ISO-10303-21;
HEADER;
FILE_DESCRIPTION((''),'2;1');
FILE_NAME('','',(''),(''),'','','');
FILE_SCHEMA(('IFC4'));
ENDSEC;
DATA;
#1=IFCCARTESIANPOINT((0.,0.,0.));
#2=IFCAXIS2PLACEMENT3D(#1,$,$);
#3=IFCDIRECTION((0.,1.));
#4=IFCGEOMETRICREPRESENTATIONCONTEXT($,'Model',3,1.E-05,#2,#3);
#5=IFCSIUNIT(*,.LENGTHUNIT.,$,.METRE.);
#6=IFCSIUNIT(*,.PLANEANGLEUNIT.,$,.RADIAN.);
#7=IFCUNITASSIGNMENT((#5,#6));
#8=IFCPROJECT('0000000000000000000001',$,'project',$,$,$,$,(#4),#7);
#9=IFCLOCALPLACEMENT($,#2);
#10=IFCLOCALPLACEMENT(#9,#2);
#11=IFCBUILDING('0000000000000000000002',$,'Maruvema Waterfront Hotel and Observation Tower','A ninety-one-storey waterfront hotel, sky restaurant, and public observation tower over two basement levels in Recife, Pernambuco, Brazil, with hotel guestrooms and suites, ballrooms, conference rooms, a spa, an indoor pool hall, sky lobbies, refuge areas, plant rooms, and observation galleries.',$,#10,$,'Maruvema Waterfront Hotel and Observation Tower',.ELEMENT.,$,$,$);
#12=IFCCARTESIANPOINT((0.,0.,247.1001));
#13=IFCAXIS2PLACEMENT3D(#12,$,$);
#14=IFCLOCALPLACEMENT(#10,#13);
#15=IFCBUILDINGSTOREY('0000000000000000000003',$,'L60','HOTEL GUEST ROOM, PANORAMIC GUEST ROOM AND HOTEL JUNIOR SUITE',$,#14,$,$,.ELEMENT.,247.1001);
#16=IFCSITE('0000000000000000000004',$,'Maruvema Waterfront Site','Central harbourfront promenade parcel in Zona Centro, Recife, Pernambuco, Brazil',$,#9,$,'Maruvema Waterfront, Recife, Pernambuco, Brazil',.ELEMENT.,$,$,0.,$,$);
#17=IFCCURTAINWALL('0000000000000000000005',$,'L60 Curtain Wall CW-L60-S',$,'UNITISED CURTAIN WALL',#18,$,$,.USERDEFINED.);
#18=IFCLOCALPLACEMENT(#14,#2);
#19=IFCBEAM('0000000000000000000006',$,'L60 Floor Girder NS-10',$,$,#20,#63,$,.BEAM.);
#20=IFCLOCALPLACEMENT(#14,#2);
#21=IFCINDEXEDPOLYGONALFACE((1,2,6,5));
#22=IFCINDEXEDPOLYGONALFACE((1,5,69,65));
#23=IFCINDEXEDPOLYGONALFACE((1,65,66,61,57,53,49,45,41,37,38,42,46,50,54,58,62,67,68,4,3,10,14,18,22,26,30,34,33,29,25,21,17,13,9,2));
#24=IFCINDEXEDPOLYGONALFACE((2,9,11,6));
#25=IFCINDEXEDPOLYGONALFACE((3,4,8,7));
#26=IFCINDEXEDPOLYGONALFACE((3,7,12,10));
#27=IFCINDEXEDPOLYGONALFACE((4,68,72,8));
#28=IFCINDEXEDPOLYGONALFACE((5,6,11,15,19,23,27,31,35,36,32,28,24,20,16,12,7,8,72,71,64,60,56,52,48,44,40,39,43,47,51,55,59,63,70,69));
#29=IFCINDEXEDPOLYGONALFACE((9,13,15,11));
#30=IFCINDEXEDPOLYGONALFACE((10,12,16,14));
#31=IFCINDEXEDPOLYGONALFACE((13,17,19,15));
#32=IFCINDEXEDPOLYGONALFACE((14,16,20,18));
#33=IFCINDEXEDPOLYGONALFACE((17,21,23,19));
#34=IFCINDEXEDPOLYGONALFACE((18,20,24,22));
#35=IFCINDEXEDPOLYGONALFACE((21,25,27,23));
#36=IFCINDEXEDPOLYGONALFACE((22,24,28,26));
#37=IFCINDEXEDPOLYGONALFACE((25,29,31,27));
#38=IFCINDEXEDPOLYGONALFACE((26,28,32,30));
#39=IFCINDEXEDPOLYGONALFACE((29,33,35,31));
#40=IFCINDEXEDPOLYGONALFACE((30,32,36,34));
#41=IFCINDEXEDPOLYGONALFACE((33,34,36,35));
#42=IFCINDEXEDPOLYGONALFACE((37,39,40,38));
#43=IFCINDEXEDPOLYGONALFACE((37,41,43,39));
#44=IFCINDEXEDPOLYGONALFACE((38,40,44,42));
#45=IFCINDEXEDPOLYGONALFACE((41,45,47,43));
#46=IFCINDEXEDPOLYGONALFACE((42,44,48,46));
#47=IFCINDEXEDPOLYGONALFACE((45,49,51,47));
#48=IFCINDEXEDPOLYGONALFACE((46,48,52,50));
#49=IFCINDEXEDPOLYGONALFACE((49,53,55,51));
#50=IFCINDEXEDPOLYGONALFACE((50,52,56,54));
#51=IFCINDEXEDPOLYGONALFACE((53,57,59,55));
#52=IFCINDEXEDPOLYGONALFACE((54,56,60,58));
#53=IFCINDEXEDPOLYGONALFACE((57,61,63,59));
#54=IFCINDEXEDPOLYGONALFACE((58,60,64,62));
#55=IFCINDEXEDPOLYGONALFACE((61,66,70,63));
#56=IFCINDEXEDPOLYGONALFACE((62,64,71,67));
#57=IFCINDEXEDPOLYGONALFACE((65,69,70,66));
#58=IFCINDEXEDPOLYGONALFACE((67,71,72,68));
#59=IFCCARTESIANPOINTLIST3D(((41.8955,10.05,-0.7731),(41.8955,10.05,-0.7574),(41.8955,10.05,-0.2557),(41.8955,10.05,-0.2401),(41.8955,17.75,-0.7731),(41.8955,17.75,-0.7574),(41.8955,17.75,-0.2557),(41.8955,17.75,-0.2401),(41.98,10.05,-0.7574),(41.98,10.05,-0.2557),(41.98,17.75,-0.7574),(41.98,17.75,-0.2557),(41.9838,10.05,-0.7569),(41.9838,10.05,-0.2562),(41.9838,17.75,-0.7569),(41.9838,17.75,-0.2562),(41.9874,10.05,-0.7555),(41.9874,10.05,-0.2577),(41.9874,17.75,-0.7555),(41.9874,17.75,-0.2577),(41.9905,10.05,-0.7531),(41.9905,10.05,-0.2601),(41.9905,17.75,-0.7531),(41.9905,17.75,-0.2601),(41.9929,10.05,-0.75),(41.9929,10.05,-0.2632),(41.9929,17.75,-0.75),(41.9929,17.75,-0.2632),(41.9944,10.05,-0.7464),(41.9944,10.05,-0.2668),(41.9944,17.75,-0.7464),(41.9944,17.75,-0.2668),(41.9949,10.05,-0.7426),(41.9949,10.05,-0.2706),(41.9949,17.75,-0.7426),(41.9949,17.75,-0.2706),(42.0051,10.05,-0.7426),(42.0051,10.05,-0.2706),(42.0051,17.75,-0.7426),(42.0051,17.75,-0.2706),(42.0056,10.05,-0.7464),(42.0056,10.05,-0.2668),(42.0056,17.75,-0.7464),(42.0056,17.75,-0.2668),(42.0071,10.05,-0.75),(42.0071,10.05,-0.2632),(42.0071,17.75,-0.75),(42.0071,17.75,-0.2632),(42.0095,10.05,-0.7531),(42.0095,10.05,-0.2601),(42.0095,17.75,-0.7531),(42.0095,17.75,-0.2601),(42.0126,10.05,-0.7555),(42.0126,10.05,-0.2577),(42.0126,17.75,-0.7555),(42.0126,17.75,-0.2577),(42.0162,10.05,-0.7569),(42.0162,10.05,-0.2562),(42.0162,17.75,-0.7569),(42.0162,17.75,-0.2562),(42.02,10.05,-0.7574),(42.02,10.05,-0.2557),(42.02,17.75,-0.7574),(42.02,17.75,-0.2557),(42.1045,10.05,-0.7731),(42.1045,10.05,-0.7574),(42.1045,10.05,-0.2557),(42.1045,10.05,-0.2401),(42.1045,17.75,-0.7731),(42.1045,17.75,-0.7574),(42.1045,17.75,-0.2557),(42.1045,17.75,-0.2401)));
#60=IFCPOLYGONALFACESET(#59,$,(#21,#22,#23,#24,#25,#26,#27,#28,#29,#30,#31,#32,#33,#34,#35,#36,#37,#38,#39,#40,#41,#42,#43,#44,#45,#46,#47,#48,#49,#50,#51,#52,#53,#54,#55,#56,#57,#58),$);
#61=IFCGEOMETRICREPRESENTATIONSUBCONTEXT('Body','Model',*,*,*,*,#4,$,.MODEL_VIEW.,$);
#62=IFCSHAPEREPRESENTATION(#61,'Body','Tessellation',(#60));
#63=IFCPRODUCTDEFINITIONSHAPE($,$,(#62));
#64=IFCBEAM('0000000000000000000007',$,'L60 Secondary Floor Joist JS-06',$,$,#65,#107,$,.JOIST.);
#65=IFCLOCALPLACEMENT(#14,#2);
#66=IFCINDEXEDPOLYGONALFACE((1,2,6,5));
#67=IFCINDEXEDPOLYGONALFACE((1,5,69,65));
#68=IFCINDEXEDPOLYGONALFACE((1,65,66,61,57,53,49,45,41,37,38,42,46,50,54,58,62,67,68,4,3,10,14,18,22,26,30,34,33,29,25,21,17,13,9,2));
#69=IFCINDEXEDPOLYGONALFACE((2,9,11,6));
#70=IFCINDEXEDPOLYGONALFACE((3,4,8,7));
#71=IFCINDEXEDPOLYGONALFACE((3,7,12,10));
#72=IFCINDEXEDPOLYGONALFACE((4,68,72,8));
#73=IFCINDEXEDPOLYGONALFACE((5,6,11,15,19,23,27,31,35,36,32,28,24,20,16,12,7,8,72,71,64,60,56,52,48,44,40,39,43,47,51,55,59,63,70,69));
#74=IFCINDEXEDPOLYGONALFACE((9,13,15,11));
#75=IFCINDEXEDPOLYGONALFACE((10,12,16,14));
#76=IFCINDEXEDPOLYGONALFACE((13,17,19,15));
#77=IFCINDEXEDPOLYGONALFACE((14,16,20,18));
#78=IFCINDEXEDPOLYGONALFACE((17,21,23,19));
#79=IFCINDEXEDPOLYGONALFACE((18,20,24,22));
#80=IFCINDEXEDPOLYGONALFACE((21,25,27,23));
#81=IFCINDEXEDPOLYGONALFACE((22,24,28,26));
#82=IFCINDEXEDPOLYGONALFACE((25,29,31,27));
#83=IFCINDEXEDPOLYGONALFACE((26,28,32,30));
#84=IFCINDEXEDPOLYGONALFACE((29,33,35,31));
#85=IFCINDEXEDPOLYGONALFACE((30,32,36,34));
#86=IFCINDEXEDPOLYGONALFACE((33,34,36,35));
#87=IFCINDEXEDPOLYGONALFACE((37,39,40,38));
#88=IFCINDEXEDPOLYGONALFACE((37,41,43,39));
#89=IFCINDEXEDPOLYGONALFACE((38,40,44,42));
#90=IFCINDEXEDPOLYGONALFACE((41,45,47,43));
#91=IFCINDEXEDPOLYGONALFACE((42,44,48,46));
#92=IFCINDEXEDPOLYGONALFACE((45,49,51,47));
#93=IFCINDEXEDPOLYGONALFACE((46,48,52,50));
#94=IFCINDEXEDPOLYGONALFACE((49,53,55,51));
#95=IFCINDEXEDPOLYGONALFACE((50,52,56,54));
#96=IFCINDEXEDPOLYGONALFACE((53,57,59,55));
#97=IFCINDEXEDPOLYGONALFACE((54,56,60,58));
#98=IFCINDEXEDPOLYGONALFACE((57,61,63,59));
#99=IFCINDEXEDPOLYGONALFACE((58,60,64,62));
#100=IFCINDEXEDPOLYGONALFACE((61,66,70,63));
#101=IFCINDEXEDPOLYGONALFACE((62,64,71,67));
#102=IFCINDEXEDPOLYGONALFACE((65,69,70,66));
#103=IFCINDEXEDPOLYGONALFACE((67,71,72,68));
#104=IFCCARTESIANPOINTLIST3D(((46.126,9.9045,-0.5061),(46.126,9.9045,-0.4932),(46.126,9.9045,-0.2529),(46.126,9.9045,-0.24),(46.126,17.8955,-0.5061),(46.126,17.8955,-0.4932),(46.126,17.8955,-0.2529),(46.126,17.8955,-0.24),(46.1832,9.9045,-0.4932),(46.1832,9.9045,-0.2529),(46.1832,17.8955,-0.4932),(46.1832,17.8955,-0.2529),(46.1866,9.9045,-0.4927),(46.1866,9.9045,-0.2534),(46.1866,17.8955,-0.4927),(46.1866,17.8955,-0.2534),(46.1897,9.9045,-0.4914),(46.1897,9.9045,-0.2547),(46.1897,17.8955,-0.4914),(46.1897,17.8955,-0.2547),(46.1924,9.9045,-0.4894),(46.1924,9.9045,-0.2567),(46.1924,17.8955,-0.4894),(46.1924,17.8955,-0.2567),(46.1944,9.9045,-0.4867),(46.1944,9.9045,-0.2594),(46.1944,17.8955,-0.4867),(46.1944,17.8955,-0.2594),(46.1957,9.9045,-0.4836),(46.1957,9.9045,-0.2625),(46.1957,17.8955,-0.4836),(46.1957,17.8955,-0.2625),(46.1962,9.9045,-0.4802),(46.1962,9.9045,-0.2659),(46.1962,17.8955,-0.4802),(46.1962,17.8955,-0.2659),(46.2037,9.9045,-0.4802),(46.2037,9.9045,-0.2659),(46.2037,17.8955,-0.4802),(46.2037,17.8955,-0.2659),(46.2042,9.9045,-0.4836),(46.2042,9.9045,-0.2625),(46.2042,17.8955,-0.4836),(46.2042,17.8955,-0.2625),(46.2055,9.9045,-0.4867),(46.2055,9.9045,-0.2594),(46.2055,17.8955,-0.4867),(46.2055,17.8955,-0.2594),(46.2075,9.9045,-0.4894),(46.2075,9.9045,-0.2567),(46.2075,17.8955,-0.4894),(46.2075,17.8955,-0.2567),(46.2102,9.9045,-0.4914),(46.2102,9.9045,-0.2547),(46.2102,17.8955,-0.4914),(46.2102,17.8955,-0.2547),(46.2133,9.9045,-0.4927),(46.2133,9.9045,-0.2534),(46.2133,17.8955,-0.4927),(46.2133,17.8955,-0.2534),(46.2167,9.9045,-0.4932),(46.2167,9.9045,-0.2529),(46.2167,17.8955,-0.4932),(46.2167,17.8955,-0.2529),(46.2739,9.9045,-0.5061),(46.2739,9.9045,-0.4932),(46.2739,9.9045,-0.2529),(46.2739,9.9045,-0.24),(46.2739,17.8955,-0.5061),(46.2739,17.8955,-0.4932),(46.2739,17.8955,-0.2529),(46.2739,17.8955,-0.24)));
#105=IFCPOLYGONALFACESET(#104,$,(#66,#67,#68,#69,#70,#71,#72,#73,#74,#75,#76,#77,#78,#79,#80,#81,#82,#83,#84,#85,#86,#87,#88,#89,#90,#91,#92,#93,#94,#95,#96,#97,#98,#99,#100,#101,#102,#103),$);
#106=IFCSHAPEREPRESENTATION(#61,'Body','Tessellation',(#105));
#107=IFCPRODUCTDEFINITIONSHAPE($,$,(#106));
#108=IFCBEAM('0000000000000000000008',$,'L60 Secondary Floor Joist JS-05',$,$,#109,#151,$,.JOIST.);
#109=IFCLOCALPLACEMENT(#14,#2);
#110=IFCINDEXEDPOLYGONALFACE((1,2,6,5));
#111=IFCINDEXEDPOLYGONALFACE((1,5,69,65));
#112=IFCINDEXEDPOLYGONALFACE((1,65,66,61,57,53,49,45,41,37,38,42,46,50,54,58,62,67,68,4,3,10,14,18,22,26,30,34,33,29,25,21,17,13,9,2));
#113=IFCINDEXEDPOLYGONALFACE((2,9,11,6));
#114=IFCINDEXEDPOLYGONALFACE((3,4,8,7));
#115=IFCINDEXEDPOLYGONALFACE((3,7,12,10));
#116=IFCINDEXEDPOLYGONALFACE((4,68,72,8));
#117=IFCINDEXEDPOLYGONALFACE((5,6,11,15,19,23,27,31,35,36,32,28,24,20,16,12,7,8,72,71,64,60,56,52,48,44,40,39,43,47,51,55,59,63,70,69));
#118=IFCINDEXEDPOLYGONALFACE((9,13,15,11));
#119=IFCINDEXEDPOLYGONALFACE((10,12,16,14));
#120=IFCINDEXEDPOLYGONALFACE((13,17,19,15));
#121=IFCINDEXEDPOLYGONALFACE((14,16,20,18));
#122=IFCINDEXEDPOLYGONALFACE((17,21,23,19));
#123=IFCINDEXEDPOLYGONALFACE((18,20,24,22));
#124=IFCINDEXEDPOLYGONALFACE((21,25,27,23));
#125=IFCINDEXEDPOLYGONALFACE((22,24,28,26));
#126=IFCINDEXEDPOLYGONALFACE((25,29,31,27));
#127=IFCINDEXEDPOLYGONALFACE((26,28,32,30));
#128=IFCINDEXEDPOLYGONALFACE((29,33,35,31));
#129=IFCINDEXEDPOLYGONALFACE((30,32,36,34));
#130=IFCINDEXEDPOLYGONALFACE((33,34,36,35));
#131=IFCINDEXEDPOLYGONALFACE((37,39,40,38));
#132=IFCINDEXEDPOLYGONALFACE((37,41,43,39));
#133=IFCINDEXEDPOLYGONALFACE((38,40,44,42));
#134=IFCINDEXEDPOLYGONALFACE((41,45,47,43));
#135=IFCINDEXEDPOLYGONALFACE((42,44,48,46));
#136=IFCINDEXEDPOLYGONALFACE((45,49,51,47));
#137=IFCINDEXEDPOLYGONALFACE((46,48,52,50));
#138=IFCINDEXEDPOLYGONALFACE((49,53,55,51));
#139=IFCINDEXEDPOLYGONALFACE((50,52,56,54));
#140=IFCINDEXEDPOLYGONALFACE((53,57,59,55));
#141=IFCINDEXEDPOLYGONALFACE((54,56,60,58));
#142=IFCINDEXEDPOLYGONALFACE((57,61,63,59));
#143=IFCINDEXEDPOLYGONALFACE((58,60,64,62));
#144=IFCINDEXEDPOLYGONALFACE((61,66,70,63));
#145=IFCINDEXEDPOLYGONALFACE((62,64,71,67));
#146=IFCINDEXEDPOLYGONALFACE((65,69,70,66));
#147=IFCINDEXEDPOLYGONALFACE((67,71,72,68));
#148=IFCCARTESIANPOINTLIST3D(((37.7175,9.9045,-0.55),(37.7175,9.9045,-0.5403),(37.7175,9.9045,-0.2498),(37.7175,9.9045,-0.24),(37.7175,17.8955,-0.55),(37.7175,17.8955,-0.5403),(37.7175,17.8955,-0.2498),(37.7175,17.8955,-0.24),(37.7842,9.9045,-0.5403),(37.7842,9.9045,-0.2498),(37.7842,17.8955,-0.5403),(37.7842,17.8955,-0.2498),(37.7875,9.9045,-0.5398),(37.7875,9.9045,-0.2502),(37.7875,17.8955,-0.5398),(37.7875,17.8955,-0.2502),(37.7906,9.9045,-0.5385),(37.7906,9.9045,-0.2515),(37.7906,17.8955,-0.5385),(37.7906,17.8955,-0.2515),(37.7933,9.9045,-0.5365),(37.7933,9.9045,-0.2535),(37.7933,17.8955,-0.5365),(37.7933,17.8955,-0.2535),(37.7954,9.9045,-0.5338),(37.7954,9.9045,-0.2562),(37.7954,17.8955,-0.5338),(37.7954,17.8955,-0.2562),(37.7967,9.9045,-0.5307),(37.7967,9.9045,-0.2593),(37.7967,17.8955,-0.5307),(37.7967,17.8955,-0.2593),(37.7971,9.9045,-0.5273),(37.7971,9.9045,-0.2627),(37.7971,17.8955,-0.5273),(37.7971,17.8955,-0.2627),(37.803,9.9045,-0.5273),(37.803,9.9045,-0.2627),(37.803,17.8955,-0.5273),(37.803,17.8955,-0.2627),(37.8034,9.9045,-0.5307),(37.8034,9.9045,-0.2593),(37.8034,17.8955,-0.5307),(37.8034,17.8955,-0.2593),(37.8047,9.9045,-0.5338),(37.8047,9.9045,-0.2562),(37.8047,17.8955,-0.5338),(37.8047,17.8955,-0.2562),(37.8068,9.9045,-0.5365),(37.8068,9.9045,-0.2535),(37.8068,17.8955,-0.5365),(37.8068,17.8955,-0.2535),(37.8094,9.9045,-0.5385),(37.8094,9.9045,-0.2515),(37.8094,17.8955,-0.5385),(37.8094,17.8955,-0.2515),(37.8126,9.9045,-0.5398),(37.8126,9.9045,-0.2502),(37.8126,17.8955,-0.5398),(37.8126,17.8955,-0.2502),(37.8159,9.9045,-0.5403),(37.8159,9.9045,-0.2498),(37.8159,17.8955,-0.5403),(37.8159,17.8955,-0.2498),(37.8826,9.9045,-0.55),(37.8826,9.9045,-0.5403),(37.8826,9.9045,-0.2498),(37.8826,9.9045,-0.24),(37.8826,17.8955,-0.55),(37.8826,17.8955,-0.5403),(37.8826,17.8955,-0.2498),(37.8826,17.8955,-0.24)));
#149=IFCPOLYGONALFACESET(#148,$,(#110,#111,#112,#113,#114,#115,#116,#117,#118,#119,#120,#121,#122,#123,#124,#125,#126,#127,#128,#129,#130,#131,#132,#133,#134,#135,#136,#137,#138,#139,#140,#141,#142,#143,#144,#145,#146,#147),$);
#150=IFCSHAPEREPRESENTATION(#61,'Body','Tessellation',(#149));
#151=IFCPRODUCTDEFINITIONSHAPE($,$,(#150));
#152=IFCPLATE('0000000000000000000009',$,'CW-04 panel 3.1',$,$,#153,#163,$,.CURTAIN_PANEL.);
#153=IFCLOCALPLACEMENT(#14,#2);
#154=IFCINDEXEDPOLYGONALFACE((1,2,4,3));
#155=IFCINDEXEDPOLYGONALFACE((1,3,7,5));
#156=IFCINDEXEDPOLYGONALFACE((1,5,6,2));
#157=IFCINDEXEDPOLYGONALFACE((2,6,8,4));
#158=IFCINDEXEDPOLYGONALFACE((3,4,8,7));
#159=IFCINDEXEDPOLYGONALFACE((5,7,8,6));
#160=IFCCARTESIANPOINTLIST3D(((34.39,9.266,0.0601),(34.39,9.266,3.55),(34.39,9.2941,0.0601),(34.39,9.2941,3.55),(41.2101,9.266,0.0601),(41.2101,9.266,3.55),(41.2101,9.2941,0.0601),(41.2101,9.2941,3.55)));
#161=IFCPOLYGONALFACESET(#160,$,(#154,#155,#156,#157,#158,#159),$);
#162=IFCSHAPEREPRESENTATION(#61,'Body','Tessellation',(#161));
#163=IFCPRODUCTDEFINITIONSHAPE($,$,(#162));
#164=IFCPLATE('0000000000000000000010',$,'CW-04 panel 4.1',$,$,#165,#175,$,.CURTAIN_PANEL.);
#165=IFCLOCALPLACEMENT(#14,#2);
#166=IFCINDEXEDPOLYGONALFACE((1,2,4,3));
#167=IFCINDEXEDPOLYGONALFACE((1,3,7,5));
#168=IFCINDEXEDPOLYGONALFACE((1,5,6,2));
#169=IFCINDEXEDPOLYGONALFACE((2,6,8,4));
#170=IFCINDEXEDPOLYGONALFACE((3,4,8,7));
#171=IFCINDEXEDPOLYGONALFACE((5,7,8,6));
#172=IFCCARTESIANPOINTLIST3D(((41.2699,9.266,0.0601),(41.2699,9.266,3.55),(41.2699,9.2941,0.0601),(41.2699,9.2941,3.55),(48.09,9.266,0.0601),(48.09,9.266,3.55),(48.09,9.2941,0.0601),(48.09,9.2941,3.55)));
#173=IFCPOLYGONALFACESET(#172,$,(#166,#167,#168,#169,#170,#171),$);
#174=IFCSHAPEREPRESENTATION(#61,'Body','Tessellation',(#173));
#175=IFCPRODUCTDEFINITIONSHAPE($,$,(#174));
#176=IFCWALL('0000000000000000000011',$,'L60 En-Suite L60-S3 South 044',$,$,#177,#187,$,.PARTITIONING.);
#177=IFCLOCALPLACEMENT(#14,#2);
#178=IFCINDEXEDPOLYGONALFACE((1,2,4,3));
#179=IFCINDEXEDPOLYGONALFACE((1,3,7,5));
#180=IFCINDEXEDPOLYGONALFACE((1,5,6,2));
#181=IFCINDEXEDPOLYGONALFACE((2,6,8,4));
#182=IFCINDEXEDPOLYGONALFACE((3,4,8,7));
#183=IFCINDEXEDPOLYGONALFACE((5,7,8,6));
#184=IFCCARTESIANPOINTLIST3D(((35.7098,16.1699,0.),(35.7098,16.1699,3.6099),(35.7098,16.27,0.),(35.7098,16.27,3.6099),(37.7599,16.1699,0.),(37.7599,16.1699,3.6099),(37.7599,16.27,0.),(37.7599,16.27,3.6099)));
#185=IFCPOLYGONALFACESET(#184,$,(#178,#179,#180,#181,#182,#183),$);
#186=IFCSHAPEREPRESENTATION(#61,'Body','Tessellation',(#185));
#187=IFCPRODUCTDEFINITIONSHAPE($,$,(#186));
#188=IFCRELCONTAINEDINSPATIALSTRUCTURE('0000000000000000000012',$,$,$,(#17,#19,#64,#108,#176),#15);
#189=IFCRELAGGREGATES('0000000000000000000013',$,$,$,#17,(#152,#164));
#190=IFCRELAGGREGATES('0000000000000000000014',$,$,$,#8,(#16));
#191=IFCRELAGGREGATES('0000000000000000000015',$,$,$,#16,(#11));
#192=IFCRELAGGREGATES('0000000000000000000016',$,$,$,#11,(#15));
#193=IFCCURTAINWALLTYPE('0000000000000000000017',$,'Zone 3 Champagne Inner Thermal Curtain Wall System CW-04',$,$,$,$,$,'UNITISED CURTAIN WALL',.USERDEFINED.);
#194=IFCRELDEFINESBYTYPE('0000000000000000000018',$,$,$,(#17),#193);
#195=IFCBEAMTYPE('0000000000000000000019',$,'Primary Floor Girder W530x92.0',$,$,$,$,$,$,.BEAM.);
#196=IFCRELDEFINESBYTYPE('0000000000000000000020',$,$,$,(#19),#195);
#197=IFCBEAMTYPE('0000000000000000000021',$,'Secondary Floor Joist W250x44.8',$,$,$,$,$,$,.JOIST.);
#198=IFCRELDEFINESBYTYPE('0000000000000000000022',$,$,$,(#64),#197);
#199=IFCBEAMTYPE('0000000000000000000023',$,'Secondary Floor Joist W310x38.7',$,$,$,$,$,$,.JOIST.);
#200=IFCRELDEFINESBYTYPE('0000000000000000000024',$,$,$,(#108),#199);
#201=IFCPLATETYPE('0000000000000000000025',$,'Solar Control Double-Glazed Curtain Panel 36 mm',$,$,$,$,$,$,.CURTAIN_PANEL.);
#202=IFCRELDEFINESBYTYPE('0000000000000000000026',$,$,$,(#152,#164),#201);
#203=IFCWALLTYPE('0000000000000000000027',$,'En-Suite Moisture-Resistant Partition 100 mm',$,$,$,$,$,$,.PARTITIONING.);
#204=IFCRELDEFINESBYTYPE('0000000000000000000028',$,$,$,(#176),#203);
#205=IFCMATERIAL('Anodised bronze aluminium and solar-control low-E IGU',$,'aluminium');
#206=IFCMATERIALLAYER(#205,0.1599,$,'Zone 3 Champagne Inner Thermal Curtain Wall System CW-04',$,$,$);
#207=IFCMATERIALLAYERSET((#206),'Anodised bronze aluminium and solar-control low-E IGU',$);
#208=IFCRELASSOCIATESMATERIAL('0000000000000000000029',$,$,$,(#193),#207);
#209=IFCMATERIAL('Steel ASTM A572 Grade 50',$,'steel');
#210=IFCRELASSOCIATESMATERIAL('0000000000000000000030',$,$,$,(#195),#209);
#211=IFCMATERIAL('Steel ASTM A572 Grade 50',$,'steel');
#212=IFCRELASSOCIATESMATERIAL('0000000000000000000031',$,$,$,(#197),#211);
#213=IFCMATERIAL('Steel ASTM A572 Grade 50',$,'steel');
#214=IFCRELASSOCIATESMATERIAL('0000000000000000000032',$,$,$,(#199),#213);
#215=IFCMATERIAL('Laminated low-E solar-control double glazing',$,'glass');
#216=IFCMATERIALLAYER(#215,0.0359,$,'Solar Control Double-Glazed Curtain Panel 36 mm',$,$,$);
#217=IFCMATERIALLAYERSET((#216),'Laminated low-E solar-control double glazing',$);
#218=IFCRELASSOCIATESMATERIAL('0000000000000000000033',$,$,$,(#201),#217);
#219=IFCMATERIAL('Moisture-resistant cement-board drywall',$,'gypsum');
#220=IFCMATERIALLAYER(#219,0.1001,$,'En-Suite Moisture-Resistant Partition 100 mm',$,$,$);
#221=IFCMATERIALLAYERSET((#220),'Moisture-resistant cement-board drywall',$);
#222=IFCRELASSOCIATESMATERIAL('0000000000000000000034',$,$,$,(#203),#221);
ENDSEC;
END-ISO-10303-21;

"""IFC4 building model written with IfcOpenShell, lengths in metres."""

from ifc_helpers import new_model, si_unit, direction, frame, frame_2d, origin, origin_2d, place, context, subcontext, project, spatial, rectangle, i_section, extrude, material, layer, layer_set, material_profile, profile_set, type_object, element, aggregate, save


model = new_model("IFC4")

# Units and contexts
model_context = context("Model", 3, precision=1e-05, world=origin(), true_north=direction((0.0, 1.0)))
body_context = subcontext(model_context, "Body", "Model", "MODEL_VIEW")
ifc_project = project(units=[si_unit("LENGTHUNIT", "METRE"), si_unit("PLANEANGLEUNIT", "RADIAN")], contexts=[model_context])

# Site, building, storey
site_placement = place(None, origin())
site = spatial("IfcSite", under=ifc_project, at=site_placement, Name="Maruvema Waterfront Site", Description="Central harbourfront promenade parcel in Zona Centro, Recife, Pernambuco, Brazil", LongName="Maruvema Waterfront, Recife, Pernambuco, Brazil", CompositionType="ELEMENT", RefElevation=0.0)
building_placement = place(site_placement, origin())
building = spatial("IfcBuilding", under=site, at=building_placement, Name="Maruvema Waterfront Hotel and Observation Tower", Description="A ninety-one-storey waterfront hotel, sky restaurant, and public observation tower over two basement levels in Recife, Pernambuco, Brazil, with hotel guestrooms and suites, ballrooms, conference rooms, a spa, an indoor pool hall, sky lobbies, refuge areas, plant rooms, and observation galleries.", LongName="Maruvema Waterfront Hotel and Observation Tower", CompositionType="ELEMENT")
storey_placement = place(building_placement, frame((0.0, 0.0, 247.1001)))
storey = spatial("IfcBuildingStorey", under=building, at=storey_placement, Name="L60", Description="HOTEL GUEST ROOM, PANORAMIC GUEST ROOM AND HOTEL JUNIOR SUITE", CompositionType="ELEMENT", Elevation=247.1001)

# Curtain wall
ifc_material_1 = material(Name="Anodised bronze aluminium and solar-control low-E IGU", Category="aluminium")
ifc_layer_1 = layer(ifc_material_1, 0.1599, Name="Zone 3 Champagne Inner Thermal Curtain Wall System CW-04")
ifc_layer_set_1 = layer_set([ifc_layer_1], Name="Anodised bronze aluminium and solar-control low-E IGU")
curtain_wall_type = type_object("IfcCurtainWallType", Name="Zone 3 Champagne Inner Thermal Curtain Wall System CW-04", ElementType="UNITISED CURTAIN WALL", PredefinedType="USERDEFINED", material=ifc_layer_set_1)
curtain_wall_placement = place(storey_placement, origin())
curtain_wall = element("IfcCurtainWall", 1, at=curtain_wall_placement, inside=storey, type_object=curtain_wall_type, Name="L60 Curtain Wall CW-L60-S", ObjectType="UNITISED CURTAIN WALL", PredefinedType="USERDEFINED")

# Beams
ifc_material_2 = material(Name="Steel ASTM A572 Grade 50", Category="steel")
ifc_material_profile_1 = material_profile(ifc_material_2, i_section(OverallWidth=0.209, OverallDepth=0.533, WebThickness=0.0103, FlangeThickness=0.0156, FilletRadius=0.0149, at=origin_2d()), Name="W530x92.0")
ifc_profile_set_1 = profile_set([ifc_material_profile_1], Name="Steel ASTM A572 Grade 50")
beam_type_1 = type_object("IfcBeamType", Name="Primary Floor Girder W530x92.0", PredefinedType="BEAM", material=ifc_profile_set_1)
beam_1_placement = place(storey_placement, frame((42.0, 10.05, -0.5066), z_axis=(0.0, 1.0, 0.0), x_axis=(-1.0, 0.0, 0.0)))
element("IfcBeam", 2, at=beam_1_placement, inside=storey, type_object=beam_type_1, Name="L60 Floor Girder NS-10", PredefinedType="BEAM", context=body_context, shape_type="SweptSolid", body=[
    extrude(i_section(OverallWidth=0.209, OverallDepth=0.533, WebThickness=0.0103, FlangeThickness=0.0156, FilletRadius=0.0149, at=origin_2d()), origin(), (0.0, 0.0, 1.0), 7.7),
])
ifc_material_3 = material(Name="Steel ASTM A572 Grade 50", Category="steel")
ifc_material_profile_2 = material_profile(ifc_material_3, i_section(OverallWidth=0.1479, OverallDepth=0.2661, WebThickness=0.0076, FlangeThickness=0.0129, FilletRadius=0.0129, at=origin_2d()), Name="W250x44.8")
ifc_profile_set_2 = profile_set([ifc_material_profile_2], Name="Steel ASTM A572 Grade 50")
beam_type_2 = type_object("IfcBeamType", Name="Secondary Floor Joist W250x44.8", PredefinedType="JOIST", material=ifc_profile_set_2)
beam_2_placement = place(storey_placement, frame((46.2, 9.9045, -0.373), z_axis=(0.0, 1.0, 0.0), x_axis=(-1.0, 0.0, 0.0)))
element("IfcBeam", 3, at=beam_2_placement, inside=storey, type_object=beam_type_2, Name="L60 Secondary Floor Joist JS-06", PredefinedType="JOIST", context=body_context, shape_type="SweptSolid", body=[
    extrude(i_section(OverallWidth=0.1479, OverallDepth=0.2661, WebThickness=0.0076, FlangeThickness=0.0129, FilletRadius=0.0129, at=origin_2d()), origin(), (0.0, 0.0, 1.0), 7.991),
])
ifc_material_4 = material(Name="Steel ASTM A572 Grade 50", Category="steel")
ifc_material_profile_3 = material_profile(ifc_material_4, i_section(OverallWidth=0.165, OverallDepth=0.3101, WebThickness=0.0059, FlangeThickness=0.0098, FilletRadius=0.0129, at=origin_2d()), Name="W310x38.7")
ifc_profile_set_3 = profile_set([ifc_material_profile_3], Name="Steel ASTM A572 Grade 50")
beam_type_3 = type_object("IfcBeamType", Name="Secondary Floor Joist W310x38.7", PredefinedType="JOIST", material=ifc_profile_set_3)
beam_3_placement = place(storey_placement, frame((37.8, 9.9045, -0.395), z_axis=(0.0, 1.0, 0.0), x_axis=(-1.0, 0.0, 0.0)))
element("IfcBeam", 4, at=beam_3_placement, inside=storey, type_object=beam_type_3, Name="L60 Secondary Floor Joist JS-05", PredefinedType="JOIST", context=body_context, shape_type="SweptSolid", body=[
    extrude(i_section(OverallWidth=0.165, OverallDepth=0.3101, WebThickness=0.0059, FlangeThickness=0.0098, FilletRadius=0.0129, at=origin_2d()), origin(), (0.0, 0.0, 1.0), 7.991),
])

# Plates
ifc_material_5 = material(Name="Laminated low-E solar-control double glazing", Category="glass")
ifc_layer_2 = layer(ifc_material_5, 0.0359, Name="Solar Control Double-Glazed Curtain Panel 36 mm")
ifc_layer_set_2 = layer_set([ifc_layer_2], Name="Laminated low-E solar-control double glazing")
plate_type = type_object("IfcPlateType", Name="Solar Control Double-Glazed Curtain Panel 36 mm", PredefinedType="CURTAIN_PANEL", material=ifc_layer_set_2)
plate_1_placement = place(storey_placement, frame((37.8, 9.28, 0.0601), z_axis=(0.0, 0.0, 1.0), x_axis=(1.0, 0.0, 0.0)))
plate_1 = element("IfcPlate", 5, at=plate_1_placement, type_object=plate_type, Name="CW-04 panel 3.1", PredefinedType="CURTAIN_PANEL", context=body_context, shape_type="SweptSolid", body=[
    extrude(rectangle(XDim=6.8201, YDim=0.0281, at=origin_2d()), origin(), (0.0, 0.0, 1.0), 3.49),
])
plate_2_placement = place(storey_placement, frame((44.6799, 9.28, 0.0601), z_axis=(0.0, 0.0, 1.0), x_axis=(1.0, 0.0, 0.0)))
plate_2 = element("IfcPlate", 6, at=plate_2_placement, type_object=plate_type, Name="CW-04 panel 4.1", PredefinedType="CURTAIN_PANEL", context=body_context, shape_type="SweptSolid", body=[
    extrude(rectangle(XDim=6.8201, YDim=0.0281, at=origin_2d()), origin(), (0.0, 0.0, 1.0), 3.49),
])
aggregate(curtain_wall, [plate_1, plate_2])

# Wall
ifc_material_6 = material(Name="Moisture-resistant cement-board drywall", Category="gypsum")
ifc_layer_3 = layer(ifc_material_6, 0.1001, Name="En-Suite Moisture-Resistant Partition 100 mm")
ifc_layer_set_3 = layer_set([ifc_layer_3], Name="Moisture-resistant cement-board drywall")
wall_type_1 = type_object("IfcWallType", Name="En-Suite Moisture-Resistant Partition 100 mm", PredefinedType="PARTITIONING", material=ifc_layer_set_3)
wall_1_placement = place(storey_placement, frame((35.71, 16.22, 0.0), z_axis=(0.0, 0.0, 1.0), x_axis=(1.0, 0.0, 0.0)))
element("IfcWall", 7, at=wall_1_placement, inside=storey, type_object=wall_type_1, Name="L60 En-Suite L60-S3 South 044", PredefinedType="PARTITIONING", context=body_context, shape_type="SweptSolid", body=[
    extrude(rectangle(XDim=2.05, YDim=0.1001, at=frame_2d((1.0249, 0.0))), origin(), (0.0, 0.0, 1.0), 3.6099),
])

save(model, "model.ifc")
